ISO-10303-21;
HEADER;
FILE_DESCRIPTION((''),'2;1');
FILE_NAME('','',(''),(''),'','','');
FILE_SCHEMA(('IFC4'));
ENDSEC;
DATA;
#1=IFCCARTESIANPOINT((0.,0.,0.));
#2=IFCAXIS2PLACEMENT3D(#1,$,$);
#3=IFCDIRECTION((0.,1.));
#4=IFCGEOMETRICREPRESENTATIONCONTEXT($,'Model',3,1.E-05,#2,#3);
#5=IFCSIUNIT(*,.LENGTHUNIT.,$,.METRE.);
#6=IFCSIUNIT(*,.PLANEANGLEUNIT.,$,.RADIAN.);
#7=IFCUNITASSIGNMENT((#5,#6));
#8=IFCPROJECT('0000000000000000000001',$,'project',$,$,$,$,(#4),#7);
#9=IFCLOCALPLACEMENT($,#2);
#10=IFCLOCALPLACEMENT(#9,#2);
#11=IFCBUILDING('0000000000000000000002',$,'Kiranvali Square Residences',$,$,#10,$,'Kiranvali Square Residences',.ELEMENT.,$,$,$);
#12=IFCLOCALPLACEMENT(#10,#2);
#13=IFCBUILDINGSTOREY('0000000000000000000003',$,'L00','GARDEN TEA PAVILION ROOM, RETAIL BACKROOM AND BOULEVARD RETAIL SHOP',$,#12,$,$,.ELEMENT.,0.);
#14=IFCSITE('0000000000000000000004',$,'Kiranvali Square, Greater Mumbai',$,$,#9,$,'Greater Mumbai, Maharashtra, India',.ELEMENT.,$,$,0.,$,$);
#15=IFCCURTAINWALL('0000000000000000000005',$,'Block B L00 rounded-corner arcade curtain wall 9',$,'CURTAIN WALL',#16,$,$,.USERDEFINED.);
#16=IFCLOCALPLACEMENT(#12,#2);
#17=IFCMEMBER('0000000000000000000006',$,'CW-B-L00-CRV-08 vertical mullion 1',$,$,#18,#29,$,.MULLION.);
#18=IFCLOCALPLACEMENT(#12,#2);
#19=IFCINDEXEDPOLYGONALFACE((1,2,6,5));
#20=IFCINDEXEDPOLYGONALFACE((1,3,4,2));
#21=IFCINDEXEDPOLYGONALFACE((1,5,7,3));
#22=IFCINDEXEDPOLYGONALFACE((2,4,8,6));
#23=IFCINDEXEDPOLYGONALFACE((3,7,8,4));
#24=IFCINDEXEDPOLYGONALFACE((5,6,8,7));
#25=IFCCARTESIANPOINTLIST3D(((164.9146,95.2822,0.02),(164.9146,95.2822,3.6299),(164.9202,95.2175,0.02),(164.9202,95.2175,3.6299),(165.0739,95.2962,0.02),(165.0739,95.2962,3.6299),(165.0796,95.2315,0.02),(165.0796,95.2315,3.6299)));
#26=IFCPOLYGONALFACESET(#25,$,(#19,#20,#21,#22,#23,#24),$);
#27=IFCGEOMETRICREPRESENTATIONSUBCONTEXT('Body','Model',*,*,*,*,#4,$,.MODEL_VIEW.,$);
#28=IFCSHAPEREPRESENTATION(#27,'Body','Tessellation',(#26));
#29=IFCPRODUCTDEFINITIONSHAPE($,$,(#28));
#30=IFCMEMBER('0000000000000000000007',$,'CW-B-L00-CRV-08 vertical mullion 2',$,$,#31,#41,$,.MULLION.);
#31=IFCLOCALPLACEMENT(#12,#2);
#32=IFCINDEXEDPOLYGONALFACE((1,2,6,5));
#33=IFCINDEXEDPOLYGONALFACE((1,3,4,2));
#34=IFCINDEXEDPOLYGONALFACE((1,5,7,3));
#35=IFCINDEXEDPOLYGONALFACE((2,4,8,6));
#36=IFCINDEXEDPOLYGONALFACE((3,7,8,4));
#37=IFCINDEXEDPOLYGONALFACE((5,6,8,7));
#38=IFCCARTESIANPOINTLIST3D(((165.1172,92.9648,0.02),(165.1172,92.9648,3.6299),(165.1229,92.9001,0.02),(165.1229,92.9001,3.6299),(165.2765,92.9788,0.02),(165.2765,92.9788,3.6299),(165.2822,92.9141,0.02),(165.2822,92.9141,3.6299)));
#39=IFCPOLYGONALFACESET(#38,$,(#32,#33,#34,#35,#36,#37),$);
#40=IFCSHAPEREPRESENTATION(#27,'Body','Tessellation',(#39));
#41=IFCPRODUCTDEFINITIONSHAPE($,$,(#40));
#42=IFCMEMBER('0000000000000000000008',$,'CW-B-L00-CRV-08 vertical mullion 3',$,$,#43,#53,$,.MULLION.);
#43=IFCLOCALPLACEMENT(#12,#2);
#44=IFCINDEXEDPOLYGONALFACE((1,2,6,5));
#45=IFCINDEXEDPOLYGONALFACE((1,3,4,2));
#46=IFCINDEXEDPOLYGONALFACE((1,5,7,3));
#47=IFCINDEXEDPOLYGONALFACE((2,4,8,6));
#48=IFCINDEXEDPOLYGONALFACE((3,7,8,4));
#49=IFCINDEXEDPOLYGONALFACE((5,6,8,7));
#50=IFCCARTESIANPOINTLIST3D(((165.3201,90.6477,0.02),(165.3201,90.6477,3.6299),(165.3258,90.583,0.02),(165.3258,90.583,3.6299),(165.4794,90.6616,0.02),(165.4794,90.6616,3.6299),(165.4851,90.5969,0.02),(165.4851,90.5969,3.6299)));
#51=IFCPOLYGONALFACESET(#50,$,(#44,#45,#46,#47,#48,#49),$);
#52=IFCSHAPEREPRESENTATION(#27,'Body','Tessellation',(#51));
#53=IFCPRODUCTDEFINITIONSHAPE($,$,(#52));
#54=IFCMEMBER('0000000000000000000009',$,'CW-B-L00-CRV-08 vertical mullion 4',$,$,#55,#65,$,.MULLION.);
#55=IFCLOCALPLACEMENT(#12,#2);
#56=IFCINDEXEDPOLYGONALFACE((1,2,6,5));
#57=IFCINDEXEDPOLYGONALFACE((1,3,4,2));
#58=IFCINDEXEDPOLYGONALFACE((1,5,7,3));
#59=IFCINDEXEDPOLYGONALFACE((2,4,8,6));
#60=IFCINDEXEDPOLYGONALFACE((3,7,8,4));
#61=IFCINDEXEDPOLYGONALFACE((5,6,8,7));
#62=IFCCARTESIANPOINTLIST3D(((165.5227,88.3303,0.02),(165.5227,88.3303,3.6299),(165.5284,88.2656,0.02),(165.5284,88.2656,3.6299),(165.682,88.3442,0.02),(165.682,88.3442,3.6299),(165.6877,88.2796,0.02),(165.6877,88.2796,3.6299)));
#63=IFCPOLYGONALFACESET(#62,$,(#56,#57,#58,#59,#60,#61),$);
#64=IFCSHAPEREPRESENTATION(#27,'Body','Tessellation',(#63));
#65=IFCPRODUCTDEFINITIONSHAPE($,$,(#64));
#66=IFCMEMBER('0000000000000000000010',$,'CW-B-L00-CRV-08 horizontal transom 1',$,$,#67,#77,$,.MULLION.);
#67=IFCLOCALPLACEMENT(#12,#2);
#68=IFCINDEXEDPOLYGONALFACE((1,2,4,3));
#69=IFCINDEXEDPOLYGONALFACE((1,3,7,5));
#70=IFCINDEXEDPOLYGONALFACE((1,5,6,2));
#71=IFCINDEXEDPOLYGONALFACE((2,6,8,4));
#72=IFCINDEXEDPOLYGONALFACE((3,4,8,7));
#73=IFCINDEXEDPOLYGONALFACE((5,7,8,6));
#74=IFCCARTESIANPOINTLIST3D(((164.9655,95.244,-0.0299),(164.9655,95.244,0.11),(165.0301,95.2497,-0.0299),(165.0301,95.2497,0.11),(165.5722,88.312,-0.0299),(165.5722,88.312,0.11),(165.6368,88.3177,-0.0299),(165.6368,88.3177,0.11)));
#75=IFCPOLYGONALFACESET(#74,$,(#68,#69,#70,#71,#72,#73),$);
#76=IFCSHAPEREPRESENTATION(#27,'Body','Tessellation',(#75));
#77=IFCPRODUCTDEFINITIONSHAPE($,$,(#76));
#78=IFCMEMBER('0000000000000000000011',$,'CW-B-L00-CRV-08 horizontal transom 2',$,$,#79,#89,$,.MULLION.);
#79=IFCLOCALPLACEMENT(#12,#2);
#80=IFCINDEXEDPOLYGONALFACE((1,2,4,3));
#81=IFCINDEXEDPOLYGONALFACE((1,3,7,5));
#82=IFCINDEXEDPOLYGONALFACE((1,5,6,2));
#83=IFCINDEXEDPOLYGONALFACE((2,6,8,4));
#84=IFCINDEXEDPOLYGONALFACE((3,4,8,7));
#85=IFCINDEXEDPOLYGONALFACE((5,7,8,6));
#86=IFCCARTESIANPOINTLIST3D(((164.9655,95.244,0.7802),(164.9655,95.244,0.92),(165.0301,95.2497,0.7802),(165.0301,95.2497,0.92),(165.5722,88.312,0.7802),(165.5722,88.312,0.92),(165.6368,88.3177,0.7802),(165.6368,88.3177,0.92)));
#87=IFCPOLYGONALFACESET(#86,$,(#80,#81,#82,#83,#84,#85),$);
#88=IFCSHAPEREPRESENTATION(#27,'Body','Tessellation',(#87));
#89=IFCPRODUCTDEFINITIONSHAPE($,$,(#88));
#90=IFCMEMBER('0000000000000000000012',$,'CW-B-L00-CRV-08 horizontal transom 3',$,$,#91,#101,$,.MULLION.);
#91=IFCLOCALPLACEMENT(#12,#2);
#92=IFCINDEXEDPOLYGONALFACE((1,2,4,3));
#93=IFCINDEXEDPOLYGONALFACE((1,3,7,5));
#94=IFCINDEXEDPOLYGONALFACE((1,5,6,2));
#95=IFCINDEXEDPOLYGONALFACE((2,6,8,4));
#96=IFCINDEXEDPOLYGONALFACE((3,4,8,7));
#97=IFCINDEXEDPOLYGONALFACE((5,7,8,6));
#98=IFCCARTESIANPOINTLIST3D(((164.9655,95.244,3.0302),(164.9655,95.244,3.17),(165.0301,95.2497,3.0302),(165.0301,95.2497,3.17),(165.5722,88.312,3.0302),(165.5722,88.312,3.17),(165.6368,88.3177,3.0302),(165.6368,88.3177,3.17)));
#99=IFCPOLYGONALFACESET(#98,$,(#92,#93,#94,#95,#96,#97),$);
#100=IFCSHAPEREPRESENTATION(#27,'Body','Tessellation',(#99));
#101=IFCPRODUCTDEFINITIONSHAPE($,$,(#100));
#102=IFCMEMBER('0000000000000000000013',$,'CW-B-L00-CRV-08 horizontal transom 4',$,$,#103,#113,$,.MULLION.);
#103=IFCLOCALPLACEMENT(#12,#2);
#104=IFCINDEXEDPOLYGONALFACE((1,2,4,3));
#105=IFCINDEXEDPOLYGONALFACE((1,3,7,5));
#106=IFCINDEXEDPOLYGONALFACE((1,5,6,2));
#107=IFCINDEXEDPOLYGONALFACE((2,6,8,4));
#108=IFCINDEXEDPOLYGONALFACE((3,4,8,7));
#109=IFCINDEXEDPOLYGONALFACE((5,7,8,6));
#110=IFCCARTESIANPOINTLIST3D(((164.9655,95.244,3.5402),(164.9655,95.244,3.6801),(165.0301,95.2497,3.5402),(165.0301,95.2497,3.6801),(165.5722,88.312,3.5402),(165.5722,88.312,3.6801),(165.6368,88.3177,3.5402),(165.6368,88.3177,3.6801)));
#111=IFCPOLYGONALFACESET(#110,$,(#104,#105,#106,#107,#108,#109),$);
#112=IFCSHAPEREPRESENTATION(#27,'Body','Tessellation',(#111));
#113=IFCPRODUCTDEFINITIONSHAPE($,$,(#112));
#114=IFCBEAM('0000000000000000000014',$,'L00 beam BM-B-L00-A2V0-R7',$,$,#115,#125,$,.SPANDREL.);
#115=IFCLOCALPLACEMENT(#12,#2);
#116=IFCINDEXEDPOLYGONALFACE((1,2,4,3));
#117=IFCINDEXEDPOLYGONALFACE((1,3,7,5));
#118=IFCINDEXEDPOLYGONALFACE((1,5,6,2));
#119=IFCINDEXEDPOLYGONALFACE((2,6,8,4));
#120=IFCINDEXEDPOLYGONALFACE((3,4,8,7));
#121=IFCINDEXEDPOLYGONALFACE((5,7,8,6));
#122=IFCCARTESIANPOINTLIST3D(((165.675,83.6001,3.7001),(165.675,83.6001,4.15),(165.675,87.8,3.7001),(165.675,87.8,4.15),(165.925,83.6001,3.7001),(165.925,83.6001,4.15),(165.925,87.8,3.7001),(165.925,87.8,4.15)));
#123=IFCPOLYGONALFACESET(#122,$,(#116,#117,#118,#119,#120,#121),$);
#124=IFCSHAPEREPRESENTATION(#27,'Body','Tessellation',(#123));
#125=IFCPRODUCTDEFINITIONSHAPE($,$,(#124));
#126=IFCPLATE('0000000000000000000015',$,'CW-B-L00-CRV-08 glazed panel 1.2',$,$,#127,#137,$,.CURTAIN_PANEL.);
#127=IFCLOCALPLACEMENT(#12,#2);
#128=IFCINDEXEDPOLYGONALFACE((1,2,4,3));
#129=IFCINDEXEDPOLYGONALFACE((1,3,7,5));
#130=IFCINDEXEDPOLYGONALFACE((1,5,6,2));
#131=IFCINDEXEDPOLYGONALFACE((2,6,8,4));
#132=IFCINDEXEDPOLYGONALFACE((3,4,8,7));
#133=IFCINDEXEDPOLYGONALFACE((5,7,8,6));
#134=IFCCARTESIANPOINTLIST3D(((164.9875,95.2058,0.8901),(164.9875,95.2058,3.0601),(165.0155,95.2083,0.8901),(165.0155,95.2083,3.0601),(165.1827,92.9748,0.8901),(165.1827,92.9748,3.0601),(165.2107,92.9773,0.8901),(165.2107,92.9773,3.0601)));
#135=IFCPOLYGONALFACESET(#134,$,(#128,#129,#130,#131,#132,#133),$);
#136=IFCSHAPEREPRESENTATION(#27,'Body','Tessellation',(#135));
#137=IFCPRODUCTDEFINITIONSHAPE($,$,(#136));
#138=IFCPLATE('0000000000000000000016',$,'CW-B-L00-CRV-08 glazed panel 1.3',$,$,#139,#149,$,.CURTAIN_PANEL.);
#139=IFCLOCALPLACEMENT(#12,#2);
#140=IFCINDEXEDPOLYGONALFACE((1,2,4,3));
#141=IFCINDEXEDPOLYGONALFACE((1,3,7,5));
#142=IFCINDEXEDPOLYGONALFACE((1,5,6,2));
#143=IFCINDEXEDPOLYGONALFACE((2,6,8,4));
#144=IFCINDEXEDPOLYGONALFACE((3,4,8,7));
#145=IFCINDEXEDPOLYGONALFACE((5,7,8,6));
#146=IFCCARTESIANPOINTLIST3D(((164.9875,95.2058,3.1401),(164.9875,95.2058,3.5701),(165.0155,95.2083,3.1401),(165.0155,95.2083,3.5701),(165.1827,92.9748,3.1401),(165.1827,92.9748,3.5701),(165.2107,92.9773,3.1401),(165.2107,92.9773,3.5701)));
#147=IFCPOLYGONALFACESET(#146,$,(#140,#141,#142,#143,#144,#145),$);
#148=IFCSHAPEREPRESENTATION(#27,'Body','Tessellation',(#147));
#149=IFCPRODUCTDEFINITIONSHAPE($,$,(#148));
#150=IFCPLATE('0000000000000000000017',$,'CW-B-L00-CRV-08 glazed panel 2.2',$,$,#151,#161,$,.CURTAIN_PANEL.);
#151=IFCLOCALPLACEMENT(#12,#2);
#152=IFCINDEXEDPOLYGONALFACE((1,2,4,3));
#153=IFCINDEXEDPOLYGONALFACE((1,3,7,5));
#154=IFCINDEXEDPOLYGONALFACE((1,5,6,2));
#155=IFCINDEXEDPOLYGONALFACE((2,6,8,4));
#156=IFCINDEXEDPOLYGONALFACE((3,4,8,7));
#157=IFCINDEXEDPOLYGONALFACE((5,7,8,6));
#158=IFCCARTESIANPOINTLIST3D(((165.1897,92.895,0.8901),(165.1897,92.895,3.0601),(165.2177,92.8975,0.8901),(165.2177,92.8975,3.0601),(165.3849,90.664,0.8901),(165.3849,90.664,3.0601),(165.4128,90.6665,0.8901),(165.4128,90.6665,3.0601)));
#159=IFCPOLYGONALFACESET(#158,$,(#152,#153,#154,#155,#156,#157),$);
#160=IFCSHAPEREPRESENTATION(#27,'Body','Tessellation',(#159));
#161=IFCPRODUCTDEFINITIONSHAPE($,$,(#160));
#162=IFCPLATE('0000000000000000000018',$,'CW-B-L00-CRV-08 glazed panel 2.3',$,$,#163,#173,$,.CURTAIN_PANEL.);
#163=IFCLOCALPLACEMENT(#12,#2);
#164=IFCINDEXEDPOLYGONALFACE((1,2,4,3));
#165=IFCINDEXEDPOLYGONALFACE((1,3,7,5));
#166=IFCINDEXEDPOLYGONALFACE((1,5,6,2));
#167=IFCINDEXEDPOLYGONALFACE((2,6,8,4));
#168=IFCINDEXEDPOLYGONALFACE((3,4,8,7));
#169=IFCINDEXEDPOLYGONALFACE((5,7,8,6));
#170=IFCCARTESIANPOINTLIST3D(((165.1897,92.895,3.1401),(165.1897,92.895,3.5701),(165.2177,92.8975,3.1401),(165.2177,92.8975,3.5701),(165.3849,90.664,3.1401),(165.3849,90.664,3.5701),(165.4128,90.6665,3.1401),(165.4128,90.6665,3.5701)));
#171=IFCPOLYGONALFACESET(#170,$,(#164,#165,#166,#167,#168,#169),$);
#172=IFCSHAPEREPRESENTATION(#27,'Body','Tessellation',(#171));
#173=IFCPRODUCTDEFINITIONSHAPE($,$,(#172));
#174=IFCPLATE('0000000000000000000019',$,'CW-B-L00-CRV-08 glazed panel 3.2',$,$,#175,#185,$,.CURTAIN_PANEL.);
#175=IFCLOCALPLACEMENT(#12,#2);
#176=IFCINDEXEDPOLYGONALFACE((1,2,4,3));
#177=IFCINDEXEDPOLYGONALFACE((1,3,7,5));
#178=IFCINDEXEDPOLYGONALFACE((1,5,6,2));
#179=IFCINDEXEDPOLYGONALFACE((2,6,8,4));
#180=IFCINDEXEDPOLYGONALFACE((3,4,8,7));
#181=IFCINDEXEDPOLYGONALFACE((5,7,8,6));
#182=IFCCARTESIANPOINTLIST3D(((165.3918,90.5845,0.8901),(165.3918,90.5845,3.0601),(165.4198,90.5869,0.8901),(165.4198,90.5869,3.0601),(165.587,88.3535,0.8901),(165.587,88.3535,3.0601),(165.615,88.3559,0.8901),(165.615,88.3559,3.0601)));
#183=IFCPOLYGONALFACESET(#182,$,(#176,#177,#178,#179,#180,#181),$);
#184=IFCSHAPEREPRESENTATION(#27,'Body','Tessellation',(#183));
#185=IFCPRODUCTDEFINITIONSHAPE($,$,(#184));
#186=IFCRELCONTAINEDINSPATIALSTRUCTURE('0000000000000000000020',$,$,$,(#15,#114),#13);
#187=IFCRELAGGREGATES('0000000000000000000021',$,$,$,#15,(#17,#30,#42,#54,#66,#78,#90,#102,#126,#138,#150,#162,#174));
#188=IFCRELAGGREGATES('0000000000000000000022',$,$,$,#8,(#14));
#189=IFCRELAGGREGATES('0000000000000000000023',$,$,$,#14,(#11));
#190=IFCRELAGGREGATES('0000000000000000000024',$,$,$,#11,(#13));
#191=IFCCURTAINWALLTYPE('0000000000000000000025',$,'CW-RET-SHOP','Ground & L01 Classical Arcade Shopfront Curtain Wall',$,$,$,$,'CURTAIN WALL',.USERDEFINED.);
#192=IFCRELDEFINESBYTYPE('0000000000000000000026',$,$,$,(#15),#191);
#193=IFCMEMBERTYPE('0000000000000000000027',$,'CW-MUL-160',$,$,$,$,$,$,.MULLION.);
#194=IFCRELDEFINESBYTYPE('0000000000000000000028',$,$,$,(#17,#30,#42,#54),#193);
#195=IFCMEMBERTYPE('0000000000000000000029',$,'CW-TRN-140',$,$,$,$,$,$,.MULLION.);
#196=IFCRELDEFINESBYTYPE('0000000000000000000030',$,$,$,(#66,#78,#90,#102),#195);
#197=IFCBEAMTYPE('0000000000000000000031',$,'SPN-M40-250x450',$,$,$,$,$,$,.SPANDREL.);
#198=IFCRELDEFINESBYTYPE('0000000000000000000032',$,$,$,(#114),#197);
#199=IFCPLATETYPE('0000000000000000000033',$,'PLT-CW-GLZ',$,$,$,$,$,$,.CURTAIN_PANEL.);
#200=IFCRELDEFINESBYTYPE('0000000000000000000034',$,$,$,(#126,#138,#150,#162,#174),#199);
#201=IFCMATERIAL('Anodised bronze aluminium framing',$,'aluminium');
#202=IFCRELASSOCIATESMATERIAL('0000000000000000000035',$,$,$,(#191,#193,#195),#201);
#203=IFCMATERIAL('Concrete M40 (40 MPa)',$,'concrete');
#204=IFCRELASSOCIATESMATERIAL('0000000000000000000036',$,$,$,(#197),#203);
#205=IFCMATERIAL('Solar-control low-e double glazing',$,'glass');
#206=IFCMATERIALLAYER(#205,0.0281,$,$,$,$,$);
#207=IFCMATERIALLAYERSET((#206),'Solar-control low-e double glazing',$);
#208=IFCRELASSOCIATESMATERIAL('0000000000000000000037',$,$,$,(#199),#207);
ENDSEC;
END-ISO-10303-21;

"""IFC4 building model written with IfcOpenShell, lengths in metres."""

from ifc_helpers import new_model, si_unit, direction, frame, origin, origin_2d, place, context, subcontext, project, spatial, rectangle, extrude, material, layer, layer_set, material_profile, profile_set, type_object, element, aggregate, save


model = new_model("IFC4")

# Units and contexts
model_context = context("Model", 3, precision=1e-05, world=origin(), true_north=direction((0.0, 1.0)))
body_context = subcontext(model_context, "Body", "Model", "MODEL_VIEW")
ifc_project = project(units=[si_unit("LENGTHUNIT", "METRE"), si_unit("PLANEANGLEUNIT", "RADIAN")], contexts=[model_context])

# Site, building, storey
site_placement = place(None, origin())
site = spatial("IfcSite", under=ifc_project, at=site_placement, Name="Kiranvali Square, Greater Mumbai", LongName="Greater Mumbai, Maharashtra, India", CompositionType="ELEMENT", RefElevation=0.0)
building_placement = place(site_placement, origin())
building = spatial("IfcBuilding", under=site, at=building_placement, Name="Kiranvali Square Residences", LongName="Kiranvali Square Residences", CompositionType="ELEMENT")
storey_placement = place(building_placement, origin())
storey = spatial("IfcBuildingStorey", under=building, at=storey_placement, Name="L00", Description="GARDEN TEA PAVILION ROOM, RETAIL BACKROOM AND BOULEVARD RETAIL SHOP", CompositionType="ELEMENT", Elevation=0.0)

# Shared definitions
ifc_material_1 = material(Name="Concrete M40 (40 MPa)", Category="concrete")

# Curtain wall, members
ifc_material_2 = material(Name="Anodised bronze aluminium framing", Category="aluminium")
curtain_wall_type = type_object("IfcCurtainWallType", Name="CW-RET-SHOP", Description="Ground & L01 Classical Arcade Shopfront Curtain Wall", ElementType="CURTAIN WALL", PredefinedType="USERDEFINED", material=ifc_material_2)
curtain_wall_placement = place(storey_placement, origin())
curtain_wall = element("IfcCurtainWall", 1, at=curtain_wall_placement, inside=storey, type_object=curtain_wall_type, Name="Block B L00 rounded-corner arcade curtain wall 9", ObjectType="CURTAIN WALL", PredefinedType="USERDEFINED")
ifc_material_profile_1 = material_profile(ifc_material_2, rectangle(XDim=0.0649, YDim=0.1599, at=origin_2d()), Name="ALU 65x160")
ifc_profile_set_1 = profile_set([ifc_material_profile_1], Name="Anodised bronze aluminium framing")
member_type_1 = type_object("IfcMemberType", Name="CW-MUL-160", PredefinedType="MULLION", material=ifc_profile_set_1)
member_1_placement = place(storey_placement, frame((164.9971, 95.2568, 0.02), z_axis=(0.0, 0.0, 1.0), x_axis=(0.087156, -0.996195, 0.0)))
member_1 = element("IfcMember", 2, at=member_1_placement, type_object=member_type_1, Name="CW-B-L00-CRV-08 vertical mullion 1", PredefinedType="MULLION", context=body_context, shape_type="SweptSolid", body=[
    extrude(rectangle(XDim=0.0649, YDim=0.1599, at=origin_2d()), origin(), (0.0, 0.0, 1.0), 3.6099),
])
member_2_placement = place(storey_placement, frame((165.1997, 92.9395, 0.02), z_axis=(0.0, 0.0, 1.0), x_axis=(0.087156, -0.996195, 0.0)))
member_2 = element("IfcMember", 3, at=member_2_placement, type_object=member_type_1, Name="CW-B-L00-CRV-08 vertical mullion 2", PredefinedType="MULLION", context=body_context, shape_type="SweptSolid", body=[
    extrude(rectangle(XDim=0.0649, YDim=0.1599, at=origin_2d()), origin(), (0.0, 0.0, 1.0), 3.6099),
])
member_3_placement = place(storey_placement, frame((165.4026, 90.6223, 0.02), z_axis=(0.0, 0.0, 1.0), x_axis=(0.087156, -0.996195, 0.0)))
member_3 = element("IfcMember", 4, at=member_3_placement, type_object=member_type_1, Name="CW-B-L00-CRV-08 vertical mullion 3", PredefinedType="MULLION", context=body_context, shape_type="SweptSolid", body=[
    extrude(rectangle(XDim=0.0649, YDim=0.1599, at=origin_2d()), origin(), (0.0, 0.0, 1.0), 3.6099),
])
member_4_placement = place(storey_placement, frame((165.6052, 88.3049, 0.02), z_axis=(0.0, 0.0, 1.0), x_axis=(0.087156, -0.996195, 0.0)))
member_4 = element("IfcMember", 5, at=member_4_placement, type_object=member_type_1, Name="CW-B-L00-CRV-08 vertical mullion 4", PredefinedType="MULLION", context=body_context, shape_type="SweptSolid", body=[
    extrude(rectangle(XDim=0.0649, YDim=0.1599, at=origin_2d()), origin(), (0.0, 0.0, 1.0), 3.6099),
])
ifc_material_profile_2 = material_profile(ifc_material_2, rectangle(XDim=0.0649, YDim=0.1399, at=origin_2d()), Name="ALU 65x140")
ifc_profile_set_2 = profile_set([ifc_material_profile_2], Name="Anodised bronze aluminium framing")
member_type_2 = type_object("IfcMemberType", Name="CW-TRN-140", PredefinedType="MULLION", material=ifc_profile_set_2)
member_5_placement = place(storey_placement, frame((164.9978, 95.2468, 0.04), z_axis=(0.087188, -0.996192, 0.0), x_axis=(0.996192, 0.087188, 0.0)))
member_5 = element("IfcMember", 6, at=member_5_placement, type_object=member_type_2, Name="CW-B-L00-CRV-08 horizontal transom 1", PredefinedType="MULLION", context=body_context, shape_type="SweptSolid", body=[
    extrude(rectangle(XDim=0.0649, YDim=0.1399, at=origin_2d()), origin(), (0.0, 0.0, 1.0), 6.9585),
])
member_6_placement = place(storey_placement, frame((164.9978, 95.2468, 0.8501), z_axis=(0.087188, -0.996192, 0.0), x_axis=(0.996192, 0.087188, 0.0)))
member_6 = element("IfcMember", 7, at=member_6_placement, type_object=member_type_2, Name="CW-B-L00-CRV-08 horizontal transom 2", PredefinedType="MULLION", context=body_context, shape_type="SweptSolid", body=[
    extrude(rectangle(XDim=0.0649, YDim=0.1399, at=origin_2d()), origin(), (0.0, 0.0, 1.0), 6.9585),
])
member_7_placement = place(storey_placement, frame((164.9978, 95.2468, 3.1001), z_axis=(0.087188, -0.996192, 0.0), x_axis=(0.996192, 0.087188, 0.0)))
member_7 = element("IfcMember", 8, at=member_7_placement, type_object=member_type_2, Name="CW-B-L00-CRV-08 horizontal transom 3", PredefinedType="MULLION", context=body_context, shape_type="SweptSolid", body=[
    extrude(rectangle(XDim=0.0649, YDim=0.1399, at=origin_2d()), origin(), (0.0, 0.0, 1.0), 6.9585),
])
member_8_placement = place(storey_placement, frame((164.9978, 95.2468, 3.6101), z_axis=(0.087188, -0.996192, 0.0), x_axis=(0.996192, 0.087188, 0.0)))
member_8 = element("IfcMember", 9, at=member_8_placement, type_object=member_type_2, Name="CW-B-L00-CRV-08 horizontal transom 4", PredefinedType="MULLION", context=body_context, shape_type="SweptSolid", body=[
    extrude(rectangle(XDim=0.0649, YDim=0.1399, at=origin_2d()), origin(), (0.0, 0.0, 1.0), 6.9585),
])

# Beam
ifc_material_profile_3 = material_profile(ifc_material_1, rectangle(XDim=0.25, YDim=0.45, at=origin_2d()), Name="RC 250x450")
ifc_profile_set_3 = profile_set([ifc_material_profile_3], Name="Concrete M40 (40 MPa)")
beam_type_1 = type_object("IfcBeamType", Name="SPN-M40-250x450", PredefinedType="SPANDREL", material=ifc_profile_set_3)
beam_1_placement = place(storey_placement, frame((165.8, 87.8, 3.925), z_axis=(0.0, -1.0, 0.0), x_axis=(1.0, 0.0, 0.0)))
element("IfcBeam", 10, at=beam_1_placement, inside=storey, type_object=beam_type_1, Name="L00 beam BM-B-L00-A2V0-R7", PredefinedType="SPANDREL", context=body_context, shape_type="SweptSolid", body=[
    extrude(rectangle(XDim=0.25, YDim=0.45, at=origin_2d()), origin(), (0.0, 0.0, 1.0), 4.2),
])

# Plates
ifc_material_3 = material(Name="Solar-control low-e double glazing", Category="glass")
ifc_layer_1 = layer(ifc_material_3, 0.0281)
ifc_layer_set_1 = layer_set([ifc_layer_1], Name="Solar-control low-e double glazing")
plate_type_1 = type_object("IfcPlateType", Name="PLT-CW-GLZ", PredefinedType="CURTAIN_PANEL", material=ifc_layer_set_1)
plate_1_placement = place(storey_placement, frame((165.0991, 94.0916, 0.8901), z_axis=(0.0, 0.0, 1.0), x_axis=(0.087156, -0.996195, 0.0)))
plate_1 = element("IfcPlate", 11, at=plate_1_placement, type_object=plate_type_1, Name="CW-B-L00-CRV-08 glazed panel 1.2", PredefinedType="CURTAIN_PANEL", context=body_context, shape_type="SweptSolid", body=[
    extrude(rectangle(XDim=2.2395, YDim=0.0281, at=origin_2d()), origin(), (0.0, 0.0, 1.0), 2.1699),
])
plate_2_placement = place(storey_placement, frame((165.0991, 94.0916, 3.1401), z_axis=(0.0, 0.0, 1.0), x_axis=(0.087156, -0.996195, 0.0)))
plate_2 = element("IfcPlate", 12, at=plate_2_placement, type_object=plate_type_1, Name="CW-B-L00-CRV-08 glazed panel 1.3", PredefinedType="CURTAIN_PANEL", context=body_context, shape_type="SweptSolid", body=[
    extrude(rectangle(XDim=2.2395, YDim=0.0281, at=origin_2d()), origin(), (0.0, 0.0, 1.0), 0.4299),
])
plate_3_placement = place(storey_placement, frame((165.3013, 91.7808, 0.8901), z_axis=(0.0, 0.0, 1.0), x_axis=(0.087156, -0.996195, 0.0)))
plate_3 = element("IfcPlate", 13, at=plate_3_placement, type_object=plate_type_1, Name="CW-B-L00-CRV-08 glazed panel 2.2", PredefinedType="CURTAIN_PANEL", context=body_context, shape_type="SweptSolid", body=[
    extrude(rectangle(XDim=2.2395, YDim=0.0281, at=origin_2d()), origin(), (0.0, 0.0, 1.0), 2.1699),
])
plate_4_placement = place(storey_placement, frame((165.3013, 91.7808, 3.1401), z_axis=(0.0, 0.0, 1.0), x_axis=(0.087156, -0.996195, 0.0)))
plate_4 = element("IfcPlate", 14, at=plate_4_placement, type_object=plate_type_1, Name="CW-B-L00-CRV-08 glazed panel 2.3", PredefinedType="CURTAIN_PANEL", context=body_context, shape_type="SweptSolid", body=[
    extrude(rectangle(XDim=2.2395, YDim=0.0281, at=origin_2d()), origin(), (0.0, 0.0, 1.0), 0.4299),
])
plate_5_placement = place(storey_placement, frame((165.5034, 89.4702, 0.8901), z_axis=(0.0, 0.0, 1.0), x_axis=(0.087156, -0.996195, 0.0)))
plate_5 = element("IfcPlate", 15, at=plate_5_placement, type_object=plate_type_1, Name="CW-B-L00-CRV-08 glazed panel 3.2", PredefinedType="CURTAIN_PANEL", context=body_context, shape_type="SweptSolid", body=[
    extrude(rectangle(XDim=2.2395, YDim=0.0281, at=origin_2d()), origin(), (0.0, 0.0, 1.0), 2.1699),
])
aggregate(curtain_wall, [member_1, member_2, member_3, member_4, member_5, member_6, member_7, member_8, plate_1, plate_2, plate_3, plate_4, plate_5])

save(model, "model.ifc")
